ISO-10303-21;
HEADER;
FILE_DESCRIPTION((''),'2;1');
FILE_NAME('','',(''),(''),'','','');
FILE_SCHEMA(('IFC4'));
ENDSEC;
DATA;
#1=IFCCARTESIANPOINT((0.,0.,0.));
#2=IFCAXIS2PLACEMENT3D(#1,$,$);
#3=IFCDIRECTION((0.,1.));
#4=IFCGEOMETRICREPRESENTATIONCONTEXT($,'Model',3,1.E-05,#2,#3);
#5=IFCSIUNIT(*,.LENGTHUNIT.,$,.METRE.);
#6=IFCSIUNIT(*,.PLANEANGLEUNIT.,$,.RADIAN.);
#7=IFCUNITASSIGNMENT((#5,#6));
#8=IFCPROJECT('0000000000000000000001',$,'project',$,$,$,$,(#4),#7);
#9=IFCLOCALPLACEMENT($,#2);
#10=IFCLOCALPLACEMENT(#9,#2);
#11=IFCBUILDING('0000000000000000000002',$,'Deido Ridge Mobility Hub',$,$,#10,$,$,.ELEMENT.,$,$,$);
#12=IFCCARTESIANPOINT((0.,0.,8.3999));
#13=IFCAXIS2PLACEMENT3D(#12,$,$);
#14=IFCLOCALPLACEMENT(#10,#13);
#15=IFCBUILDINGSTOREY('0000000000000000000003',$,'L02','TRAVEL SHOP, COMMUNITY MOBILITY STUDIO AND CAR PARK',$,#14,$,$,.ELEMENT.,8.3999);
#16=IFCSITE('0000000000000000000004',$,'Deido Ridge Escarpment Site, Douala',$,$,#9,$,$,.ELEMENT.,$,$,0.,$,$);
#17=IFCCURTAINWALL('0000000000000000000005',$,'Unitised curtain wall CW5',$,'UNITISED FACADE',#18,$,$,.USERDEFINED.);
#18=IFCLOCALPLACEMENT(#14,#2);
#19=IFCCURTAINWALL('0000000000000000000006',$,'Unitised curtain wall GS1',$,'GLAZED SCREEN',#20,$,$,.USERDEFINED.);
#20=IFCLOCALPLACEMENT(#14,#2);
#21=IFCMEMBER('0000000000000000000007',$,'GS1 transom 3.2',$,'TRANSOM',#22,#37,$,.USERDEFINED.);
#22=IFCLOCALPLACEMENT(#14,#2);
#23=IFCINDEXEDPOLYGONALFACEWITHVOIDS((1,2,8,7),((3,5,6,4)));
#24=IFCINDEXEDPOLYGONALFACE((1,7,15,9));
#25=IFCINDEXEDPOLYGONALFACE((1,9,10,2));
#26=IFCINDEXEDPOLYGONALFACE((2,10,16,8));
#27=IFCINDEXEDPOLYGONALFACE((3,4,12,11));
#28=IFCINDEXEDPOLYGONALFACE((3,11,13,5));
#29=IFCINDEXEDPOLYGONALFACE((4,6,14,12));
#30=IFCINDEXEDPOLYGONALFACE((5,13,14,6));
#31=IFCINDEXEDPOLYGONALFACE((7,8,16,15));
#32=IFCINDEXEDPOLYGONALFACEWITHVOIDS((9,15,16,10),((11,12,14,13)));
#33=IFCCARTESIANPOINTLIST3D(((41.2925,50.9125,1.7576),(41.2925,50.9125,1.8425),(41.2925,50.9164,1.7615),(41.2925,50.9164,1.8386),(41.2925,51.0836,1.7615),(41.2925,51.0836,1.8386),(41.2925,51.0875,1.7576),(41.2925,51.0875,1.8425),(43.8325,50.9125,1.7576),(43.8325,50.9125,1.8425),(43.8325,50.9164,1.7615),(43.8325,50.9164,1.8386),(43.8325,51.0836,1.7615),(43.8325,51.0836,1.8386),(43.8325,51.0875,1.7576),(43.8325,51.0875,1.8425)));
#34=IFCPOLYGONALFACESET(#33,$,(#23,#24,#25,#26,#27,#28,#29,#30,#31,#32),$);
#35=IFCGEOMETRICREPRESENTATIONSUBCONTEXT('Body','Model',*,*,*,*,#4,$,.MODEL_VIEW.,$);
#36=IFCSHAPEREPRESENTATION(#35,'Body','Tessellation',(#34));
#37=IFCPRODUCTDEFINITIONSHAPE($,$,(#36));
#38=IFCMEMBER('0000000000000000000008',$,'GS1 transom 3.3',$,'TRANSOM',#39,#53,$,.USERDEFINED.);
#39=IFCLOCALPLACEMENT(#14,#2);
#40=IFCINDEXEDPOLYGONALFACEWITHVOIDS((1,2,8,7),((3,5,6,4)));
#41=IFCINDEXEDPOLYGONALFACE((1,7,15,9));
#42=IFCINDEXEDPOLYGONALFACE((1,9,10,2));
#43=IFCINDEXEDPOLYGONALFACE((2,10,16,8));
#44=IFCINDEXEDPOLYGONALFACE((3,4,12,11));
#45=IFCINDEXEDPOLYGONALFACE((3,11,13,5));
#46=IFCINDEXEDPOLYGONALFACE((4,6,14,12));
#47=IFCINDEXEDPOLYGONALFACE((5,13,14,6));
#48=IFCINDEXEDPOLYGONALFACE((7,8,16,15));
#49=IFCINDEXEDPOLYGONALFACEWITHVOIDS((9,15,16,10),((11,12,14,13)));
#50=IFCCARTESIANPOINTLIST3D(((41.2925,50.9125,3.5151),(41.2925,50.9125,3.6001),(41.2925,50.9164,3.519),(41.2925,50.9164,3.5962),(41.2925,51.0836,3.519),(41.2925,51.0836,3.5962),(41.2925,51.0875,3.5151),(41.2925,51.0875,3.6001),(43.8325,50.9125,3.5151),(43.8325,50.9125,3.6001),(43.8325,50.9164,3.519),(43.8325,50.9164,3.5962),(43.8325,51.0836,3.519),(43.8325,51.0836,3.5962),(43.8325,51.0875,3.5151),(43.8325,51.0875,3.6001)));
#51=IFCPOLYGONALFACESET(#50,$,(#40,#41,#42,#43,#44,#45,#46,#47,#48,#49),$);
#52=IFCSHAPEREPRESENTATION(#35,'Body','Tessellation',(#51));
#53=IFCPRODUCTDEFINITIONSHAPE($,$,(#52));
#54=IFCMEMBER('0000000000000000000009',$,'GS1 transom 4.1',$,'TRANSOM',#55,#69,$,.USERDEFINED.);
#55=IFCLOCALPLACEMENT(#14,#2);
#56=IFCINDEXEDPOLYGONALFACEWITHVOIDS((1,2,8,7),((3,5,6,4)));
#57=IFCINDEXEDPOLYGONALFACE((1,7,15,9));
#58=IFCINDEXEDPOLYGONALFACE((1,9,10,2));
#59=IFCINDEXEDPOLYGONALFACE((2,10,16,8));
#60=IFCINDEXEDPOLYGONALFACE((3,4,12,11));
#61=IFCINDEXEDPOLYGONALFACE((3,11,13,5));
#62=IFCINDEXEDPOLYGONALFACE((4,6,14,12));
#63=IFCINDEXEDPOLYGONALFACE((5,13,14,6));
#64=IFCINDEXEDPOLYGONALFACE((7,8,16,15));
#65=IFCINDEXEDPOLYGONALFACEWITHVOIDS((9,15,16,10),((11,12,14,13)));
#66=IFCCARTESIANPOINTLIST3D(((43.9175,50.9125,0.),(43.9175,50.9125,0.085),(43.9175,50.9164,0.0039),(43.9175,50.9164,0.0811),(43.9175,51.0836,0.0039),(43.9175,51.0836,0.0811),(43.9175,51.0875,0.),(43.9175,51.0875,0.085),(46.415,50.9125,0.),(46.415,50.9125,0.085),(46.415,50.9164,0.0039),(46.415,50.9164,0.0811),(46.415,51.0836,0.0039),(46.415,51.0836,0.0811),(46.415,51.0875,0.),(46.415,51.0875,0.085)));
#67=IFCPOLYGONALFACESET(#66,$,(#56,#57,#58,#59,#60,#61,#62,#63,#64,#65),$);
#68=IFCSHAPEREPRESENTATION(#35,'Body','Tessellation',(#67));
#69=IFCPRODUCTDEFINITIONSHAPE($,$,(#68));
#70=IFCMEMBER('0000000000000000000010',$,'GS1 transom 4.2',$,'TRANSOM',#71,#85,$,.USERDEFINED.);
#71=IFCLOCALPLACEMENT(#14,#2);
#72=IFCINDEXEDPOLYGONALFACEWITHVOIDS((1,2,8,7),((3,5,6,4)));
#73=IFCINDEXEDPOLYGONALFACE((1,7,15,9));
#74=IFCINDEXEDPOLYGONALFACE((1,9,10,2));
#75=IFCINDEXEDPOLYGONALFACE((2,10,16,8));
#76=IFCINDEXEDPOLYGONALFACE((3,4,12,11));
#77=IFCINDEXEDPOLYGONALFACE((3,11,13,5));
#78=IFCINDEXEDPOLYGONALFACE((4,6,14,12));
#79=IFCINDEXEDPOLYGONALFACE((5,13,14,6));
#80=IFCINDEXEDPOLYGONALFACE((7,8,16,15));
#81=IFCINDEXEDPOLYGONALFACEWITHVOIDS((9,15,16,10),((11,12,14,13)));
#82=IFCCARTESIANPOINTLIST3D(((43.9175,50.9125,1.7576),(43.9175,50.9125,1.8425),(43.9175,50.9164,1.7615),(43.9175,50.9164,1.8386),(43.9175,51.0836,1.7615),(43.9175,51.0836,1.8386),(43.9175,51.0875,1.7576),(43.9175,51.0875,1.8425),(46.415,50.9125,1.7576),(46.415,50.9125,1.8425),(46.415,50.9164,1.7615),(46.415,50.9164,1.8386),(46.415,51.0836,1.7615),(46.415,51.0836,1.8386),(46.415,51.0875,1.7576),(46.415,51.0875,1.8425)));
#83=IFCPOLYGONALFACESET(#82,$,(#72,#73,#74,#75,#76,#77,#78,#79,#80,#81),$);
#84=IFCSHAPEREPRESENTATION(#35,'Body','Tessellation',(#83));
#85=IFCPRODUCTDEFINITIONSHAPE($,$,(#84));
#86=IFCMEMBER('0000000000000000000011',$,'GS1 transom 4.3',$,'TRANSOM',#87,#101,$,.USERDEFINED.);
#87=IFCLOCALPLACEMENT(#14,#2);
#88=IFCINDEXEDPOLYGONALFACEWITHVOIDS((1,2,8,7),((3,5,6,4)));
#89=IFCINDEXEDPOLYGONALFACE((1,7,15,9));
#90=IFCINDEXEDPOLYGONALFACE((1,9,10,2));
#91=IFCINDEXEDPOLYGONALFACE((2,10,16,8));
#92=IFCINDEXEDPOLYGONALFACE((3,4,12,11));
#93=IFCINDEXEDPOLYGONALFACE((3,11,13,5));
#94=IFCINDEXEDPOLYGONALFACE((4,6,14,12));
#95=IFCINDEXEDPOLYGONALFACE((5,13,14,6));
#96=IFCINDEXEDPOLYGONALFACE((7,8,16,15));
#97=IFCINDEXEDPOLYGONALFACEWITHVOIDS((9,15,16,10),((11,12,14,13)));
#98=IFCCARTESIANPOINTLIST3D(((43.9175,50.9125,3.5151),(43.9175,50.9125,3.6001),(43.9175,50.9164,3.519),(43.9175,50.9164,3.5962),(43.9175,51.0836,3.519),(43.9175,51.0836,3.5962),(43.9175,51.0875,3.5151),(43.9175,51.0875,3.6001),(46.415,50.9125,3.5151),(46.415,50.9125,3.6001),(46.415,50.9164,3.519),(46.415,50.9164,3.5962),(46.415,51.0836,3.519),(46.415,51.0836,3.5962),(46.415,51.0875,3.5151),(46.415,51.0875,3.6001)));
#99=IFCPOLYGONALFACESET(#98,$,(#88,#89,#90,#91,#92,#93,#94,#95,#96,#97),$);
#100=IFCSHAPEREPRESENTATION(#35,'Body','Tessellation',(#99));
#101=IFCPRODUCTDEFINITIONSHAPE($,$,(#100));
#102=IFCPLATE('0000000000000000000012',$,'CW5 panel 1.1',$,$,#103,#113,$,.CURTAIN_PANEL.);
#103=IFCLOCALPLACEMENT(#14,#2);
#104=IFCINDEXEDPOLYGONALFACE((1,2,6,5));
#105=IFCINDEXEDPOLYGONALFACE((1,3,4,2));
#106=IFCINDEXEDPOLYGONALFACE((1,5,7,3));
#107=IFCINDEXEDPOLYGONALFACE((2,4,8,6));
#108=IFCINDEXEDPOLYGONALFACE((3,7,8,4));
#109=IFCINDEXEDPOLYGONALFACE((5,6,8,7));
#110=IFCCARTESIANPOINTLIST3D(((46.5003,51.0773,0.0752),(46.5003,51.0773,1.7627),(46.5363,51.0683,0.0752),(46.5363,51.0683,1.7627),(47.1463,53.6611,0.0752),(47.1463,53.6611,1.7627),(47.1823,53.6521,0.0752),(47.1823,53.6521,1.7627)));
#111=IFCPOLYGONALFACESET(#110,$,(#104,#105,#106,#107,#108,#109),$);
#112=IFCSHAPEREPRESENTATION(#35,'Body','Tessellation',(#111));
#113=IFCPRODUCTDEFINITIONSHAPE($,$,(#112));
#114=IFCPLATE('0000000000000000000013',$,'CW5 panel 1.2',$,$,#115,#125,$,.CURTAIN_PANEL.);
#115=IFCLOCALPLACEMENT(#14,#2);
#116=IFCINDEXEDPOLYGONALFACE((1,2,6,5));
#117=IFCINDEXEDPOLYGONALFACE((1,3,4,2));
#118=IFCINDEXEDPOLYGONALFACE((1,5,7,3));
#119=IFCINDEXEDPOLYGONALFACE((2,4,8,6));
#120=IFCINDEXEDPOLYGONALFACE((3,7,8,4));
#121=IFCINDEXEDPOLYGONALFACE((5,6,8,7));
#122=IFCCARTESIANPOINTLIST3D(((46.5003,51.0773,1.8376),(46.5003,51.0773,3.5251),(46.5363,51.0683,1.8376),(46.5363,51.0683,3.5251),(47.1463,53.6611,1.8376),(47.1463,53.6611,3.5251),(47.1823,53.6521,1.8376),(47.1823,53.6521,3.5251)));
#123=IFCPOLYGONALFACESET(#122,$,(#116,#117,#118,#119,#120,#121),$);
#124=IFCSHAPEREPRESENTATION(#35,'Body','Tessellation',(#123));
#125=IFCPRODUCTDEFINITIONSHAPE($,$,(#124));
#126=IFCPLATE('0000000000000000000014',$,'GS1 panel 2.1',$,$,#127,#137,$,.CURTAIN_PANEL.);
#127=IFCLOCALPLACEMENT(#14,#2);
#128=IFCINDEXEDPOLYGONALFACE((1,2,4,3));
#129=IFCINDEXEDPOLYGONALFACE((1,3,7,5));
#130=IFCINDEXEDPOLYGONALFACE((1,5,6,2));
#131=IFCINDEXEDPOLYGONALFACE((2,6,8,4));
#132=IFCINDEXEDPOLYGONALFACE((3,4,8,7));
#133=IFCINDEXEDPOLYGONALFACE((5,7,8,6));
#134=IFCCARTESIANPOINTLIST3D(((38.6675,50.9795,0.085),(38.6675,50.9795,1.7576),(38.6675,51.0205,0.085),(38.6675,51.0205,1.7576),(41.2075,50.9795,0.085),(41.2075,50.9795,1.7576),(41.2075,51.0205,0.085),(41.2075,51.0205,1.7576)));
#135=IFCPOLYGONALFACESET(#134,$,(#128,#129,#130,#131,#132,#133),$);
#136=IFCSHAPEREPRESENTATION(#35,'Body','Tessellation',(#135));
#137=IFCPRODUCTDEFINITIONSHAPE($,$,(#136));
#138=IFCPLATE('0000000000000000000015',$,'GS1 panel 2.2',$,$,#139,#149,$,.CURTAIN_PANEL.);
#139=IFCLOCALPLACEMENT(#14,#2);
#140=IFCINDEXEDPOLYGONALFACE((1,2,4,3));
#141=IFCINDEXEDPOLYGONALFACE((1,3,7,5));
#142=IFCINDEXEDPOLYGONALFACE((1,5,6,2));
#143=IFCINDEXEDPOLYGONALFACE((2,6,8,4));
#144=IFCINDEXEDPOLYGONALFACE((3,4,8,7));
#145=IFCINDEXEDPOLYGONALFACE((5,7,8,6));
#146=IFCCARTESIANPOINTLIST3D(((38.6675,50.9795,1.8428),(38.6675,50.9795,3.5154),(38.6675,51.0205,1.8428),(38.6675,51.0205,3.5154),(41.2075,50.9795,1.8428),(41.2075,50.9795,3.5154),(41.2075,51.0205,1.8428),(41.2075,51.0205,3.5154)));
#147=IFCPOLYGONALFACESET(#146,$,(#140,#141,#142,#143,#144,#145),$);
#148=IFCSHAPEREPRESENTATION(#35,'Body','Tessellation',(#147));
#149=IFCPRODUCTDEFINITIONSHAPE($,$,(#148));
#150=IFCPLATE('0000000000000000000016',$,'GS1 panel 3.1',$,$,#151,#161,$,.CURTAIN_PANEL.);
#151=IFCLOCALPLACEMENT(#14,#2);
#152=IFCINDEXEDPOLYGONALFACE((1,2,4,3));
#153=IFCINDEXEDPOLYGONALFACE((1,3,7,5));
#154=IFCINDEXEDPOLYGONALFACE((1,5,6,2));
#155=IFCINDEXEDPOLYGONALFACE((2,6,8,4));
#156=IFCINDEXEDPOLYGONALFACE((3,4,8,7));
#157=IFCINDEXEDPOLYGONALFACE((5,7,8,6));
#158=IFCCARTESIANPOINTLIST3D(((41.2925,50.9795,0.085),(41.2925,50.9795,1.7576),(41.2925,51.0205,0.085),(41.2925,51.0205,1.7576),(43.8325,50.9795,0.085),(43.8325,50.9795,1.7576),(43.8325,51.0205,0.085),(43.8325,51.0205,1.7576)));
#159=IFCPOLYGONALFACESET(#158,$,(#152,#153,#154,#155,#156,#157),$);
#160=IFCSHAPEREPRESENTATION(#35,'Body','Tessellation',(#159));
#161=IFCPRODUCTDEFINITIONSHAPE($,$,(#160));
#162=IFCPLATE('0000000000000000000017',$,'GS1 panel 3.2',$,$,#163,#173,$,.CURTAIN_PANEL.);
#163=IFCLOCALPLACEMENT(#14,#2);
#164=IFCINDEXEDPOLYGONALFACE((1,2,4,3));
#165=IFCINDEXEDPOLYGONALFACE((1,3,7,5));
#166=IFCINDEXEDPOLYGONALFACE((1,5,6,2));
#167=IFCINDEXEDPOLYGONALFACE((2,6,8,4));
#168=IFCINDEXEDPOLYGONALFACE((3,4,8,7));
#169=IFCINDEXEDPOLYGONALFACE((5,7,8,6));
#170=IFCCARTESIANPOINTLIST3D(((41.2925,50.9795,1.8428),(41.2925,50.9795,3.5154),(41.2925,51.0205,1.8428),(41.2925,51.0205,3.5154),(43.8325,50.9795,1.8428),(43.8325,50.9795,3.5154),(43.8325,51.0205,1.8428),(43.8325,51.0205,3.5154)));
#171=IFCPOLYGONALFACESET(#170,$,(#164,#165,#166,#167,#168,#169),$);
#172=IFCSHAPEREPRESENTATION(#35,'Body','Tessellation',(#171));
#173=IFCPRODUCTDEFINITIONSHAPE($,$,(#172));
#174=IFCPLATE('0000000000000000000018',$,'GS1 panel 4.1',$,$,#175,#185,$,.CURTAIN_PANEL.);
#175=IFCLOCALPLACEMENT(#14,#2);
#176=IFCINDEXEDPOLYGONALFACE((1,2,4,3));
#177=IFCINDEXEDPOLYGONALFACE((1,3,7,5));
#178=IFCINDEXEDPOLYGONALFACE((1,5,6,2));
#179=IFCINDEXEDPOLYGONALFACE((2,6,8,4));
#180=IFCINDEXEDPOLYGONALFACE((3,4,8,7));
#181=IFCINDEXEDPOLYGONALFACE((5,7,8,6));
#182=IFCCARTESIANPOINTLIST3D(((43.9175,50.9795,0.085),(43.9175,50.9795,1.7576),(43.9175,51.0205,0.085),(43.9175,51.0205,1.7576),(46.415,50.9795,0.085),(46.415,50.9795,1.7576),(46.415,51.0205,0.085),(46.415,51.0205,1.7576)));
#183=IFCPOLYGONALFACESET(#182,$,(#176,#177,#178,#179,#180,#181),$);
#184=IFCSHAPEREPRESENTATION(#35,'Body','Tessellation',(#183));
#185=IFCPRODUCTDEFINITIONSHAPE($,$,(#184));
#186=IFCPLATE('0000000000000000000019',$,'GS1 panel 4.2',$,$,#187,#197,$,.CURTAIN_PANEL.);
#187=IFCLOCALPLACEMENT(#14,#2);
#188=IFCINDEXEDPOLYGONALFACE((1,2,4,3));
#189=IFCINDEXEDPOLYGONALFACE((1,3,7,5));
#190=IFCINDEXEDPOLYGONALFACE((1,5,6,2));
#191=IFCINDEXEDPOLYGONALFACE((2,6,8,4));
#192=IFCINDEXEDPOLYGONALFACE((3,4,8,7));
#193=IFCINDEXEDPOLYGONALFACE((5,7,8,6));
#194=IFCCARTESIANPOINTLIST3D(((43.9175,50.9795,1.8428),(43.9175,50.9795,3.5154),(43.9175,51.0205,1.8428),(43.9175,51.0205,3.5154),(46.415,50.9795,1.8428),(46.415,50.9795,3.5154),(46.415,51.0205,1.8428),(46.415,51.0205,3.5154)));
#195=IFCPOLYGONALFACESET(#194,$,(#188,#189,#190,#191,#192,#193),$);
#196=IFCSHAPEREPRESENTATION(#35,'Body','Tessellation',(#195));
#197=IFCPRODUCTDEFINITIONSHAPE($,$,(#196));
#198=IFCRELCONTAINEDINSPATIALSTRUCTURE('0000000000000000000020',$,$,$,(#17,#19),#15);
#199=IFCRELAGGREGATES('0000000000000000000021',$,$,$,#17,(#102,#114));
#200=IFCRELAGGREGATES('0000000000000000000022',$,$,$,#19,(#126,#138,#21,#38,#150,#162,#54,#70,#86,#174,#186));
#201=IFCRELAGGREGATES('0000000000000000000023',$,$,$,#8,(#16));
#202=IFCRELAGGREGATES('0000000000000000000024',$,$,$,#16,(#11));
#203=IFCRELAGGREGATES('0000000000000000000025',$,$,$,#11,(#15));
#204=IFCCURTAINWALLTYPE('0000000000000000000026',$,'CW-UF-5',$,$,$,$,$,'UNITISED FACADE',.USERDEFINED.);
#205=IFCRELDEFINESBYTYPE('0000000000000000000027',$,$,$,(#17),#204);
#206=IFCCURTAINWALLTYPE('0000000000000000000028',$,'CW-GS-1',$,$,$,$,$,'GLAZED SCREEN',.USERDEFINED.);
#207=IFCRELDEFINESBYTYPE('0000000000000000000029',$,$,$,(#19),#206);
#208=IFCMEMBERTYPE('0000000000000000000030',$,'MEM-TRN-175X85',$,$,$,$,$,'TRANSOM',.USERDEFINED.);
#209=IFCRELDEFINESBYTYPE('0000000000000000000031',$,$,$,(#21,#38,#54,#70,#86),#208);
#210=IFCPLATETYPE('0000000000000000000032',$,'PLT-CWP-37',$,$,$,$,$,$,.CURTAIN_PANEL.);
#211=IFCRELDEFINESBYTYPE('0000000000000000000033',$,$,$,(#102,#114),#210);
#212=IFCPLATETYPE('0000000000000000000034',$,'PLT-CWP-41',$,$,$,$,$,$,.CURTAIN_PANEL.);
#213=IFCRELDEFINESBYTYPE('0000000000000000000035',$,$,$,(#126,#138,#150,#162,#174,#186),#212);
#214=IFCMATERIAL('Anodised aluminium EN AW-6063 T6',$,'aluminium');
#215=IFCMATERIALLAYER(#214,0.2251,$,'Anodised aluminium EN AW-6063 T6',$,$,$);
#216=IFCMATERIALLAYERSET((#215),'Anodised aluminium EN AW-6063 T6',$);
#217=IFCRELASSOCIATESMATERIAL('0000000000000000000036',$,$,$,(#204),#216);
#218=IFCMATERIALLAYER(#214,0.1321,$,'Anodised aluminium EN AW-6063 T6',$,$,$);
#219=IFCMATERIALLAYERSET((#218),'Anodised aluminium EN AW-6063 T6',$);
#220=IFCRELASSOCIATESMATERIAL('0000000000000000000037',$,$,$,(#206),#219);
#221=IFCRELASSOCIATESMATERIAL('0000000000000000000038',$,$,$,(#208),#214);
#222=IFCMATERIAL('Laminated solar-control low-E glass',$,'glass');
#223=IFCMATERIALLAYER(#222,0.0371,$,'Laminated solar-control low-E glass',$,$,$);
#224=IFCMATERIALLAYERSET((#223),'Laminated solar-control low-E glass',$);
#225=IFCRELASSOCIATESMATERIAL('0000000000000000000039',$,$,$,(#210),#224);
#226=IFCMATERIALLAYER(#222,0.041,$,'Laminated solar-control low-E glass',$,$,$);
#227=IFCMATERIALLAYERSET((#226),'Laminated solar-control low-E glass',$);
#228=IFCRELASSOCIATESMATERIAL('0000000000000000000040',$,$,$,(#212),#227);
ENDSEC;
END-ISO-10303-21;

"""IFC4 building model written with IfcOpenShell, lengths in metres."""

from ifc_helpers import new_model, si_unit, direction, frame, origin, origin_2d, place, context, subcontext, project, spatial, rectangle, hollow_rectangle, extrude, material, layer, layer_set, material_profile, profile_set, type_object, element, aggregate, save


model = new_model("IFC4")

# Units and contexts
model_context = context("Model", 3, precision=1e-05, world=origin(), true_north=direction((0.0, 1.0)))
body_context = subcontext(model_context, "Body", "Model", "MODEL_VIEW")
ifc_project = project(units=[si_unit("LENGTHUNIT", "METRE"), si_unit("PLANEANGLEUNIT", "RADIAN")], contexts=[model_context])

# Site, building, storey
site_placement = place(None, origin())
site = spatial("IfcSite", under=ifc_project, at=site_placement, Name="Deido Ridge Escarpment Site, Douala", CompositionType="ELEMENT", RefElevation=0.0)
building_placement = place(site_placement, origin())
building = spatial("IfcBuilding", under=site, at=building_placement, Name="Deido Ridge Mobility Hub", CompositionType="ELEMENT")
storey_placement = place(building_placement, frame((0.0, 0.0, 8.3999)))
storey = spatial("IfcBuildingStorey", under=building, at=storey_placement, Name="L02", Description="TRAVEL SHOP, COMMUNITY MOBILITY STUDIO AND CAR PARK", CompositionType="ELEMENT", Elevation=8.3999)

# Curtain wall
ifc_material_1 = material(Name="Anodised aluminium EN AW-6063 T6", Category="aluminium")
ifc_layer_1 = layer(ifc_material_1, 0.2251, Name="Anodised aluminium EN AW-6063 T6")
ifc_layer_set_1 = layer_set([ifc_layer_1], Name="Anodised aluminium EN AW-6063 T6")
curtain_wall_type_1 = type_object("IfcCurtainWallType", Name="CW-UF-5", ElementType="UNITISED FACADE", PredefinedType="USERDEFINED", material=ifc_layer_set_1)
curtain_wall_1_placement = place(storey_placement, origin())
curtain_wall_1 = element("IfcCurtainWall", 1, at=curtain_wall_1_placement, inside=storey, type_object=curtain_wall_type_1, Name="Unitised curtain wall CW5", ObjectType="UNITISED FACADE", PredefinedType="USERDEFINED")

# Curtain wall
ifc_layer_2 = layer(ifc_material_1, 0.1321, Name="Anodised aluminium EN AW-6063 T6")
ifc_layer_set_2 = layer_set([ifc_layer_2], Name="Anodised aluminium EN AW-6063 T6")
curtain_wall_type_2 = type_object("IfcCurtainWallType", Name="CW-GS-1", ElementType="GLAZED SCREEN", PredefinedType="USERDEFINED", material=ifc_layer_set_2)
curtain_wall_2_placement = place(storey_placement, origin())
curtain_wall_2 = element("IfcCurtainWall", 2, at=curtain_wall_2_placement, inside=storey, type_object=curtain_wall_type_2, Name="Unitised curtain wall GS1", ObjectType="GLAZED SCREEN", PredefinedType="USERDEFINED")

# Members
ifc_material_profile_1 = material_profile(ifc_material_1, hollow_rectangle(XDim=0.175, YDim=0.085, WallThickness=0.0039, at=origin_2d()), Name="RHS 175x85x4")
ifc_profile_set_1 = profile_set([ifc_material_profile_1], Name="Anodised aluminium EN AW-6063 T6")
member_type_1 = type_object("IfcMemberType", Name="MEM-TRN-175X85", ElementType="TRANSOM", PredefinedType="USERDEFINED", material=ifc_profile_set_1)
member_1_placement = place(storey_placement, frame((41.2925, 51.0, 1.8), z_axis=(1.0, 0.0, 0.0), x_axis=(0.0, 1.0, 0.0)))
member_1 = element("IfcMember", 3, at=member_1_placement, type_object=member_type_1, Name="GS1 transom 3.2", ObjectType="TRANSOM", PredefinedType="USERDEFINED", context=body_context, shape_type="SweptSolid", body=[
    extrude(hollow_rectangle(XDim=0.175, YDim=0.085, WallThickness=0.0039, at=origin_2d()), origin(), (0.0, 0.0, 1.0), 2.54),
])
member_2_placement = place(storey_placement, frame((41.2925, 51.0, 3.5576), z_axis=(1.0, 0.0, 0.0), x_axis=(0.0, 1.0, 0.0)))
member_2 = element("IfcMember", 4, at=member_2_placement, type_object=member_type_1, Name="GS1 transom 3.3", ObjectType="TRANSOM", PredefinedType="USERDEFINED", context=body_context, shape_type="SweptSolid", body=[
    extrude(hollow_rectangle(XDim=0.175, YDim=0.085, WallThickness=0.0039, at=origin_2d()), origin(), (0.0, 0.0, 1.0), 2.54),
])
member_3_placement = place(storey_placement, frame((43.9175, 51.0, 0.0425), z_axis=(1.0, 0.0, 0.0), x_axis=(0.0, 1.0, 0.0)))
member_3 = element("IfcMember", 5, at=member_3_placement, type_object=member_type_1, Name="GS1 transom 4.1", ObjectType="TRANSOM", PredefinedType="USERDEFINED", context=body_context, shape_type="SweptSolid", body=[
    extrude(hollow_rectangle(XDim=0.175, YDim=0.085, WallThickness=0.0039, at=origin_2d()), origin(), (0.0, 0.0, 1.0), 2.4976),
])
member_4_placement = place(storey_placement, frame((43.9175, 51.0, 1.8), z_axis=(1.0, 0.0, 0.0), x_axis=(0.0, 1.0, 0.0)))
member_4 = element("IfcMember", 6, at=member_4_placement, type_object=member_type_1, Name="GS1 transom 4.2", ObjectType="TRANSOM", PredefinedType="USERDEFINED", context=body_context, shape_type="SweptSolid", body=[
    extrude(hollow_rectangle(XDim=0.175, YDim=0.085, WallThickness=0.0039, at=origin_2d()), origin(), (0.0, 0.0, 1.0), 2.4976),
])
member_5_placement = place(storey_placement, frame((43.9175, 51.0, 3.5576), z_axis=(1.0, 0.0, 0.0), x_axis=(0.0, 1.0, 0.0)))
member_5 = element("IfcMember", 7, at=member_5_placement, type_object=member_type_1, Name="GS1 transom 4.3", ObjectType="TRANSOM", PredefinedType="USERDEFINED", context=body_context, shape_type="SweptSolid", body=[
    extrude(hollow_rectangle(XDim=0.175, YDim=0.085, WallThickness=0.0039, at=origin_2d()), origin(), (0.0, 0.0, 1.0), 2.4976),
])

# Plates
ifc_material_2 = material(Name="Laminated solar-control low-E glass", Category="glass")
ifc_layer_3 = layer(ifc_material_2, 0.0371, Name="Laminated solar-control low-E glass")
ifc_layer_set_3 = layer_set([ifc_layer_3], Name="Laminated solar-control low-E glass")
plate_type_1 = type_object("IfcPlateType", Name="PLT-CWP-37", PredefinedType="CURTAIN_PANEL", material=ifc_layer_set_3)
plate_1_placement = place(storey_placement, frame((46.8413, 52.3647, 0.0752), z_axis=(0.0, 0.0, 1.0), x_axis=(0.242552, 0.970138, 0.0)))
plate_1 = element("IfcPlate", 8, at=plate_1_placement, type_object=plate_type_1, Name="CW5 panel 1.1", PredefinedType="CURTAIN_PANEL", context=body_context, shape_type="SweptSolid", body=[
    extrude(rectangle(XDim=2.6633, YDim=0.0371, at=origin_2d()), origin(), (0.0, 0.0, 1.0), 1.6875),
])
plate_2_placement = place(storey_placement, frame((46.8413, 52.3647, 1.8376), z_axis=(0.0, 0.0, 1.0), x_axis=(0.242552, 0.970138, 0.0)))
plate_2 = element("IfcPlate", 9, at=plate_2_placement, type_object=plate_type_1, Name="CW5 panel 1.2", PredefinedType="CURTAIN_PANEL", context=body_context, shape_type="SweptSolid", body=[
    extrude(rectangle(XDim=2.6633, YDim=0.0371, at=origin_2d()), origin(), (0.0, 0.0, 1.0), 1.6875),
])
aggregate(curtain_wall_1, [plate_1, plate_2])
ifc_layer_4 = layer(ifc_material_2, 0.041, Name="Laminated solar-control low-E glass")
ifc_layer_set_4 = layer_set([ifc_layer_4], Name="Laminated solar-control low-E glass")
plate_type_2 = type_object("IfcPlateType", Name="PLT-CWP-41", PredefinedType="CURTAIN_PANEL", material=ifc_layer_set_4)
plate_3_placement = place(storey_placement, frame((39.9375, 51.0, 0.085), z_axis=(0.0, 0.0, 1.0), x_axis=(1.0, 0.0, 0.0)))
plate_3 = element("IfcPlate", 10, at=plate_3_placement, type_object=plate_type_2, Name="GS1 panel 2.1", PredefinedType="CURTAIN_PANEL", context=body_context, shape_type="SweptSolid", body=[
    extrude(rectangle(XDim=2.54, YDim=0.041, at=origin_2d()), origin(), (0.0, 0.0, 1.0), 1.6726),
])
plate_4_placement = place(storey_placement, frame((39.9375, 51.0, 1.8428), z_axis=(0.0, 0.0, 1.0), x_axis=(1.0, 0.0, 0.0)))
plate_4 = element("IfcPlate", 11, at=plate_4_placement, type_object=plate_type_2, Name="GS1 panel 2.2", PredefinedType="CURTAIN_PANEL", context=body_context, shape_type="SweptSolid", body=[
    extrude(rectangle(XDim=2.54, YDim=0.041, at=origin_2d()), origin(), (0.0, 0.0, 1.0), 1.6726),
])
plate_5_placement = place(storey_placement, frame((42.5625, 51.0, 0.085), z_axis=(0.0, 0.0, 1.0), x_axis=(1.0, 0.0, 0.0)))
plate_5 = element("IfcPlate", 12, at=plate_5_placement, type_object=plate_type_2, Name="GS1 panel 3.1", PredefinedType="CURTAIN_PANEL", context=body_context, shape_type="SweptSolid", body=[
    extrude(rectangle(XDim=2.54, YDim=0.041, at=origin_2d()), origin(), (0.0, 0.0, 1.0), 1.6726),
])
plate_6_placement = place(storey_placement, frame((42.5625, 51.0, 1.8428), z_axis=(0.0, 0.0, 1.0), x_axis=(1.0, 0.0, 0.0)))
plate_6 = element("IfcPlate", 13, at=plate_6_placement, type_object=plate_type_2, Name="GS1 panel 3.2", PredefinedType="CURTAIN_PANEL", context=body_context, shape_type="SweptSolid", body=[
    extrude(rectangle(XDim=2.54, YDim=0.041, at=origin_2d()), origin(), (0.0, 0.0, 1.0), 1.6726),
])
plate_7_placement = place(storey_placement, frame((45.1663, 51.0, 0.085), z_axis=(0.0, 0.0, 1.0), x_axis=(1.0, 0.0, 0.0)))
plate_7 = element("IfcPlate", 14, at=plate_7_placement, type_object=plate_type_2, Name="GS1 panel 4.1", PredefinedType="CURTAIN_PANEL", context=body_context, shape_type="SweptSolid", body=[
    extrude(rectangle(XDim=2.4976, YDim=0.041, at=origin_2d()), origin(), (0.0, 0.0, 1.0), 1.6726),
])
plate_8_placement = place(storey_placement, frame((45.1663, 51.0, 1.8428), z_axis=(0.0, 0.0, 1.0), x_axis=(1.0, 0.0, 0.0)))
plate_8 = element("IfcPlate", 15, at=plate_8_placement, type_object=plate_type_2, Name="GS1 panel 4.2", PredefinedType="CURTAIN_PANEL", context=body_context, shape_type="SweptSolid", body=[
    extrude(rectangle(XDim=2.4976, YDim=0.041, at=origin_2d()), origin(), (0.0, 0.0, 1.0), 1.6726),
])
aggregate(curtain_wall_2, [plate_3, plate_4, member_1, member_2, plate_5, plate_6, member_3, member_4, member_5, plate_7, plate_8])

save(model, "model.ifc")
